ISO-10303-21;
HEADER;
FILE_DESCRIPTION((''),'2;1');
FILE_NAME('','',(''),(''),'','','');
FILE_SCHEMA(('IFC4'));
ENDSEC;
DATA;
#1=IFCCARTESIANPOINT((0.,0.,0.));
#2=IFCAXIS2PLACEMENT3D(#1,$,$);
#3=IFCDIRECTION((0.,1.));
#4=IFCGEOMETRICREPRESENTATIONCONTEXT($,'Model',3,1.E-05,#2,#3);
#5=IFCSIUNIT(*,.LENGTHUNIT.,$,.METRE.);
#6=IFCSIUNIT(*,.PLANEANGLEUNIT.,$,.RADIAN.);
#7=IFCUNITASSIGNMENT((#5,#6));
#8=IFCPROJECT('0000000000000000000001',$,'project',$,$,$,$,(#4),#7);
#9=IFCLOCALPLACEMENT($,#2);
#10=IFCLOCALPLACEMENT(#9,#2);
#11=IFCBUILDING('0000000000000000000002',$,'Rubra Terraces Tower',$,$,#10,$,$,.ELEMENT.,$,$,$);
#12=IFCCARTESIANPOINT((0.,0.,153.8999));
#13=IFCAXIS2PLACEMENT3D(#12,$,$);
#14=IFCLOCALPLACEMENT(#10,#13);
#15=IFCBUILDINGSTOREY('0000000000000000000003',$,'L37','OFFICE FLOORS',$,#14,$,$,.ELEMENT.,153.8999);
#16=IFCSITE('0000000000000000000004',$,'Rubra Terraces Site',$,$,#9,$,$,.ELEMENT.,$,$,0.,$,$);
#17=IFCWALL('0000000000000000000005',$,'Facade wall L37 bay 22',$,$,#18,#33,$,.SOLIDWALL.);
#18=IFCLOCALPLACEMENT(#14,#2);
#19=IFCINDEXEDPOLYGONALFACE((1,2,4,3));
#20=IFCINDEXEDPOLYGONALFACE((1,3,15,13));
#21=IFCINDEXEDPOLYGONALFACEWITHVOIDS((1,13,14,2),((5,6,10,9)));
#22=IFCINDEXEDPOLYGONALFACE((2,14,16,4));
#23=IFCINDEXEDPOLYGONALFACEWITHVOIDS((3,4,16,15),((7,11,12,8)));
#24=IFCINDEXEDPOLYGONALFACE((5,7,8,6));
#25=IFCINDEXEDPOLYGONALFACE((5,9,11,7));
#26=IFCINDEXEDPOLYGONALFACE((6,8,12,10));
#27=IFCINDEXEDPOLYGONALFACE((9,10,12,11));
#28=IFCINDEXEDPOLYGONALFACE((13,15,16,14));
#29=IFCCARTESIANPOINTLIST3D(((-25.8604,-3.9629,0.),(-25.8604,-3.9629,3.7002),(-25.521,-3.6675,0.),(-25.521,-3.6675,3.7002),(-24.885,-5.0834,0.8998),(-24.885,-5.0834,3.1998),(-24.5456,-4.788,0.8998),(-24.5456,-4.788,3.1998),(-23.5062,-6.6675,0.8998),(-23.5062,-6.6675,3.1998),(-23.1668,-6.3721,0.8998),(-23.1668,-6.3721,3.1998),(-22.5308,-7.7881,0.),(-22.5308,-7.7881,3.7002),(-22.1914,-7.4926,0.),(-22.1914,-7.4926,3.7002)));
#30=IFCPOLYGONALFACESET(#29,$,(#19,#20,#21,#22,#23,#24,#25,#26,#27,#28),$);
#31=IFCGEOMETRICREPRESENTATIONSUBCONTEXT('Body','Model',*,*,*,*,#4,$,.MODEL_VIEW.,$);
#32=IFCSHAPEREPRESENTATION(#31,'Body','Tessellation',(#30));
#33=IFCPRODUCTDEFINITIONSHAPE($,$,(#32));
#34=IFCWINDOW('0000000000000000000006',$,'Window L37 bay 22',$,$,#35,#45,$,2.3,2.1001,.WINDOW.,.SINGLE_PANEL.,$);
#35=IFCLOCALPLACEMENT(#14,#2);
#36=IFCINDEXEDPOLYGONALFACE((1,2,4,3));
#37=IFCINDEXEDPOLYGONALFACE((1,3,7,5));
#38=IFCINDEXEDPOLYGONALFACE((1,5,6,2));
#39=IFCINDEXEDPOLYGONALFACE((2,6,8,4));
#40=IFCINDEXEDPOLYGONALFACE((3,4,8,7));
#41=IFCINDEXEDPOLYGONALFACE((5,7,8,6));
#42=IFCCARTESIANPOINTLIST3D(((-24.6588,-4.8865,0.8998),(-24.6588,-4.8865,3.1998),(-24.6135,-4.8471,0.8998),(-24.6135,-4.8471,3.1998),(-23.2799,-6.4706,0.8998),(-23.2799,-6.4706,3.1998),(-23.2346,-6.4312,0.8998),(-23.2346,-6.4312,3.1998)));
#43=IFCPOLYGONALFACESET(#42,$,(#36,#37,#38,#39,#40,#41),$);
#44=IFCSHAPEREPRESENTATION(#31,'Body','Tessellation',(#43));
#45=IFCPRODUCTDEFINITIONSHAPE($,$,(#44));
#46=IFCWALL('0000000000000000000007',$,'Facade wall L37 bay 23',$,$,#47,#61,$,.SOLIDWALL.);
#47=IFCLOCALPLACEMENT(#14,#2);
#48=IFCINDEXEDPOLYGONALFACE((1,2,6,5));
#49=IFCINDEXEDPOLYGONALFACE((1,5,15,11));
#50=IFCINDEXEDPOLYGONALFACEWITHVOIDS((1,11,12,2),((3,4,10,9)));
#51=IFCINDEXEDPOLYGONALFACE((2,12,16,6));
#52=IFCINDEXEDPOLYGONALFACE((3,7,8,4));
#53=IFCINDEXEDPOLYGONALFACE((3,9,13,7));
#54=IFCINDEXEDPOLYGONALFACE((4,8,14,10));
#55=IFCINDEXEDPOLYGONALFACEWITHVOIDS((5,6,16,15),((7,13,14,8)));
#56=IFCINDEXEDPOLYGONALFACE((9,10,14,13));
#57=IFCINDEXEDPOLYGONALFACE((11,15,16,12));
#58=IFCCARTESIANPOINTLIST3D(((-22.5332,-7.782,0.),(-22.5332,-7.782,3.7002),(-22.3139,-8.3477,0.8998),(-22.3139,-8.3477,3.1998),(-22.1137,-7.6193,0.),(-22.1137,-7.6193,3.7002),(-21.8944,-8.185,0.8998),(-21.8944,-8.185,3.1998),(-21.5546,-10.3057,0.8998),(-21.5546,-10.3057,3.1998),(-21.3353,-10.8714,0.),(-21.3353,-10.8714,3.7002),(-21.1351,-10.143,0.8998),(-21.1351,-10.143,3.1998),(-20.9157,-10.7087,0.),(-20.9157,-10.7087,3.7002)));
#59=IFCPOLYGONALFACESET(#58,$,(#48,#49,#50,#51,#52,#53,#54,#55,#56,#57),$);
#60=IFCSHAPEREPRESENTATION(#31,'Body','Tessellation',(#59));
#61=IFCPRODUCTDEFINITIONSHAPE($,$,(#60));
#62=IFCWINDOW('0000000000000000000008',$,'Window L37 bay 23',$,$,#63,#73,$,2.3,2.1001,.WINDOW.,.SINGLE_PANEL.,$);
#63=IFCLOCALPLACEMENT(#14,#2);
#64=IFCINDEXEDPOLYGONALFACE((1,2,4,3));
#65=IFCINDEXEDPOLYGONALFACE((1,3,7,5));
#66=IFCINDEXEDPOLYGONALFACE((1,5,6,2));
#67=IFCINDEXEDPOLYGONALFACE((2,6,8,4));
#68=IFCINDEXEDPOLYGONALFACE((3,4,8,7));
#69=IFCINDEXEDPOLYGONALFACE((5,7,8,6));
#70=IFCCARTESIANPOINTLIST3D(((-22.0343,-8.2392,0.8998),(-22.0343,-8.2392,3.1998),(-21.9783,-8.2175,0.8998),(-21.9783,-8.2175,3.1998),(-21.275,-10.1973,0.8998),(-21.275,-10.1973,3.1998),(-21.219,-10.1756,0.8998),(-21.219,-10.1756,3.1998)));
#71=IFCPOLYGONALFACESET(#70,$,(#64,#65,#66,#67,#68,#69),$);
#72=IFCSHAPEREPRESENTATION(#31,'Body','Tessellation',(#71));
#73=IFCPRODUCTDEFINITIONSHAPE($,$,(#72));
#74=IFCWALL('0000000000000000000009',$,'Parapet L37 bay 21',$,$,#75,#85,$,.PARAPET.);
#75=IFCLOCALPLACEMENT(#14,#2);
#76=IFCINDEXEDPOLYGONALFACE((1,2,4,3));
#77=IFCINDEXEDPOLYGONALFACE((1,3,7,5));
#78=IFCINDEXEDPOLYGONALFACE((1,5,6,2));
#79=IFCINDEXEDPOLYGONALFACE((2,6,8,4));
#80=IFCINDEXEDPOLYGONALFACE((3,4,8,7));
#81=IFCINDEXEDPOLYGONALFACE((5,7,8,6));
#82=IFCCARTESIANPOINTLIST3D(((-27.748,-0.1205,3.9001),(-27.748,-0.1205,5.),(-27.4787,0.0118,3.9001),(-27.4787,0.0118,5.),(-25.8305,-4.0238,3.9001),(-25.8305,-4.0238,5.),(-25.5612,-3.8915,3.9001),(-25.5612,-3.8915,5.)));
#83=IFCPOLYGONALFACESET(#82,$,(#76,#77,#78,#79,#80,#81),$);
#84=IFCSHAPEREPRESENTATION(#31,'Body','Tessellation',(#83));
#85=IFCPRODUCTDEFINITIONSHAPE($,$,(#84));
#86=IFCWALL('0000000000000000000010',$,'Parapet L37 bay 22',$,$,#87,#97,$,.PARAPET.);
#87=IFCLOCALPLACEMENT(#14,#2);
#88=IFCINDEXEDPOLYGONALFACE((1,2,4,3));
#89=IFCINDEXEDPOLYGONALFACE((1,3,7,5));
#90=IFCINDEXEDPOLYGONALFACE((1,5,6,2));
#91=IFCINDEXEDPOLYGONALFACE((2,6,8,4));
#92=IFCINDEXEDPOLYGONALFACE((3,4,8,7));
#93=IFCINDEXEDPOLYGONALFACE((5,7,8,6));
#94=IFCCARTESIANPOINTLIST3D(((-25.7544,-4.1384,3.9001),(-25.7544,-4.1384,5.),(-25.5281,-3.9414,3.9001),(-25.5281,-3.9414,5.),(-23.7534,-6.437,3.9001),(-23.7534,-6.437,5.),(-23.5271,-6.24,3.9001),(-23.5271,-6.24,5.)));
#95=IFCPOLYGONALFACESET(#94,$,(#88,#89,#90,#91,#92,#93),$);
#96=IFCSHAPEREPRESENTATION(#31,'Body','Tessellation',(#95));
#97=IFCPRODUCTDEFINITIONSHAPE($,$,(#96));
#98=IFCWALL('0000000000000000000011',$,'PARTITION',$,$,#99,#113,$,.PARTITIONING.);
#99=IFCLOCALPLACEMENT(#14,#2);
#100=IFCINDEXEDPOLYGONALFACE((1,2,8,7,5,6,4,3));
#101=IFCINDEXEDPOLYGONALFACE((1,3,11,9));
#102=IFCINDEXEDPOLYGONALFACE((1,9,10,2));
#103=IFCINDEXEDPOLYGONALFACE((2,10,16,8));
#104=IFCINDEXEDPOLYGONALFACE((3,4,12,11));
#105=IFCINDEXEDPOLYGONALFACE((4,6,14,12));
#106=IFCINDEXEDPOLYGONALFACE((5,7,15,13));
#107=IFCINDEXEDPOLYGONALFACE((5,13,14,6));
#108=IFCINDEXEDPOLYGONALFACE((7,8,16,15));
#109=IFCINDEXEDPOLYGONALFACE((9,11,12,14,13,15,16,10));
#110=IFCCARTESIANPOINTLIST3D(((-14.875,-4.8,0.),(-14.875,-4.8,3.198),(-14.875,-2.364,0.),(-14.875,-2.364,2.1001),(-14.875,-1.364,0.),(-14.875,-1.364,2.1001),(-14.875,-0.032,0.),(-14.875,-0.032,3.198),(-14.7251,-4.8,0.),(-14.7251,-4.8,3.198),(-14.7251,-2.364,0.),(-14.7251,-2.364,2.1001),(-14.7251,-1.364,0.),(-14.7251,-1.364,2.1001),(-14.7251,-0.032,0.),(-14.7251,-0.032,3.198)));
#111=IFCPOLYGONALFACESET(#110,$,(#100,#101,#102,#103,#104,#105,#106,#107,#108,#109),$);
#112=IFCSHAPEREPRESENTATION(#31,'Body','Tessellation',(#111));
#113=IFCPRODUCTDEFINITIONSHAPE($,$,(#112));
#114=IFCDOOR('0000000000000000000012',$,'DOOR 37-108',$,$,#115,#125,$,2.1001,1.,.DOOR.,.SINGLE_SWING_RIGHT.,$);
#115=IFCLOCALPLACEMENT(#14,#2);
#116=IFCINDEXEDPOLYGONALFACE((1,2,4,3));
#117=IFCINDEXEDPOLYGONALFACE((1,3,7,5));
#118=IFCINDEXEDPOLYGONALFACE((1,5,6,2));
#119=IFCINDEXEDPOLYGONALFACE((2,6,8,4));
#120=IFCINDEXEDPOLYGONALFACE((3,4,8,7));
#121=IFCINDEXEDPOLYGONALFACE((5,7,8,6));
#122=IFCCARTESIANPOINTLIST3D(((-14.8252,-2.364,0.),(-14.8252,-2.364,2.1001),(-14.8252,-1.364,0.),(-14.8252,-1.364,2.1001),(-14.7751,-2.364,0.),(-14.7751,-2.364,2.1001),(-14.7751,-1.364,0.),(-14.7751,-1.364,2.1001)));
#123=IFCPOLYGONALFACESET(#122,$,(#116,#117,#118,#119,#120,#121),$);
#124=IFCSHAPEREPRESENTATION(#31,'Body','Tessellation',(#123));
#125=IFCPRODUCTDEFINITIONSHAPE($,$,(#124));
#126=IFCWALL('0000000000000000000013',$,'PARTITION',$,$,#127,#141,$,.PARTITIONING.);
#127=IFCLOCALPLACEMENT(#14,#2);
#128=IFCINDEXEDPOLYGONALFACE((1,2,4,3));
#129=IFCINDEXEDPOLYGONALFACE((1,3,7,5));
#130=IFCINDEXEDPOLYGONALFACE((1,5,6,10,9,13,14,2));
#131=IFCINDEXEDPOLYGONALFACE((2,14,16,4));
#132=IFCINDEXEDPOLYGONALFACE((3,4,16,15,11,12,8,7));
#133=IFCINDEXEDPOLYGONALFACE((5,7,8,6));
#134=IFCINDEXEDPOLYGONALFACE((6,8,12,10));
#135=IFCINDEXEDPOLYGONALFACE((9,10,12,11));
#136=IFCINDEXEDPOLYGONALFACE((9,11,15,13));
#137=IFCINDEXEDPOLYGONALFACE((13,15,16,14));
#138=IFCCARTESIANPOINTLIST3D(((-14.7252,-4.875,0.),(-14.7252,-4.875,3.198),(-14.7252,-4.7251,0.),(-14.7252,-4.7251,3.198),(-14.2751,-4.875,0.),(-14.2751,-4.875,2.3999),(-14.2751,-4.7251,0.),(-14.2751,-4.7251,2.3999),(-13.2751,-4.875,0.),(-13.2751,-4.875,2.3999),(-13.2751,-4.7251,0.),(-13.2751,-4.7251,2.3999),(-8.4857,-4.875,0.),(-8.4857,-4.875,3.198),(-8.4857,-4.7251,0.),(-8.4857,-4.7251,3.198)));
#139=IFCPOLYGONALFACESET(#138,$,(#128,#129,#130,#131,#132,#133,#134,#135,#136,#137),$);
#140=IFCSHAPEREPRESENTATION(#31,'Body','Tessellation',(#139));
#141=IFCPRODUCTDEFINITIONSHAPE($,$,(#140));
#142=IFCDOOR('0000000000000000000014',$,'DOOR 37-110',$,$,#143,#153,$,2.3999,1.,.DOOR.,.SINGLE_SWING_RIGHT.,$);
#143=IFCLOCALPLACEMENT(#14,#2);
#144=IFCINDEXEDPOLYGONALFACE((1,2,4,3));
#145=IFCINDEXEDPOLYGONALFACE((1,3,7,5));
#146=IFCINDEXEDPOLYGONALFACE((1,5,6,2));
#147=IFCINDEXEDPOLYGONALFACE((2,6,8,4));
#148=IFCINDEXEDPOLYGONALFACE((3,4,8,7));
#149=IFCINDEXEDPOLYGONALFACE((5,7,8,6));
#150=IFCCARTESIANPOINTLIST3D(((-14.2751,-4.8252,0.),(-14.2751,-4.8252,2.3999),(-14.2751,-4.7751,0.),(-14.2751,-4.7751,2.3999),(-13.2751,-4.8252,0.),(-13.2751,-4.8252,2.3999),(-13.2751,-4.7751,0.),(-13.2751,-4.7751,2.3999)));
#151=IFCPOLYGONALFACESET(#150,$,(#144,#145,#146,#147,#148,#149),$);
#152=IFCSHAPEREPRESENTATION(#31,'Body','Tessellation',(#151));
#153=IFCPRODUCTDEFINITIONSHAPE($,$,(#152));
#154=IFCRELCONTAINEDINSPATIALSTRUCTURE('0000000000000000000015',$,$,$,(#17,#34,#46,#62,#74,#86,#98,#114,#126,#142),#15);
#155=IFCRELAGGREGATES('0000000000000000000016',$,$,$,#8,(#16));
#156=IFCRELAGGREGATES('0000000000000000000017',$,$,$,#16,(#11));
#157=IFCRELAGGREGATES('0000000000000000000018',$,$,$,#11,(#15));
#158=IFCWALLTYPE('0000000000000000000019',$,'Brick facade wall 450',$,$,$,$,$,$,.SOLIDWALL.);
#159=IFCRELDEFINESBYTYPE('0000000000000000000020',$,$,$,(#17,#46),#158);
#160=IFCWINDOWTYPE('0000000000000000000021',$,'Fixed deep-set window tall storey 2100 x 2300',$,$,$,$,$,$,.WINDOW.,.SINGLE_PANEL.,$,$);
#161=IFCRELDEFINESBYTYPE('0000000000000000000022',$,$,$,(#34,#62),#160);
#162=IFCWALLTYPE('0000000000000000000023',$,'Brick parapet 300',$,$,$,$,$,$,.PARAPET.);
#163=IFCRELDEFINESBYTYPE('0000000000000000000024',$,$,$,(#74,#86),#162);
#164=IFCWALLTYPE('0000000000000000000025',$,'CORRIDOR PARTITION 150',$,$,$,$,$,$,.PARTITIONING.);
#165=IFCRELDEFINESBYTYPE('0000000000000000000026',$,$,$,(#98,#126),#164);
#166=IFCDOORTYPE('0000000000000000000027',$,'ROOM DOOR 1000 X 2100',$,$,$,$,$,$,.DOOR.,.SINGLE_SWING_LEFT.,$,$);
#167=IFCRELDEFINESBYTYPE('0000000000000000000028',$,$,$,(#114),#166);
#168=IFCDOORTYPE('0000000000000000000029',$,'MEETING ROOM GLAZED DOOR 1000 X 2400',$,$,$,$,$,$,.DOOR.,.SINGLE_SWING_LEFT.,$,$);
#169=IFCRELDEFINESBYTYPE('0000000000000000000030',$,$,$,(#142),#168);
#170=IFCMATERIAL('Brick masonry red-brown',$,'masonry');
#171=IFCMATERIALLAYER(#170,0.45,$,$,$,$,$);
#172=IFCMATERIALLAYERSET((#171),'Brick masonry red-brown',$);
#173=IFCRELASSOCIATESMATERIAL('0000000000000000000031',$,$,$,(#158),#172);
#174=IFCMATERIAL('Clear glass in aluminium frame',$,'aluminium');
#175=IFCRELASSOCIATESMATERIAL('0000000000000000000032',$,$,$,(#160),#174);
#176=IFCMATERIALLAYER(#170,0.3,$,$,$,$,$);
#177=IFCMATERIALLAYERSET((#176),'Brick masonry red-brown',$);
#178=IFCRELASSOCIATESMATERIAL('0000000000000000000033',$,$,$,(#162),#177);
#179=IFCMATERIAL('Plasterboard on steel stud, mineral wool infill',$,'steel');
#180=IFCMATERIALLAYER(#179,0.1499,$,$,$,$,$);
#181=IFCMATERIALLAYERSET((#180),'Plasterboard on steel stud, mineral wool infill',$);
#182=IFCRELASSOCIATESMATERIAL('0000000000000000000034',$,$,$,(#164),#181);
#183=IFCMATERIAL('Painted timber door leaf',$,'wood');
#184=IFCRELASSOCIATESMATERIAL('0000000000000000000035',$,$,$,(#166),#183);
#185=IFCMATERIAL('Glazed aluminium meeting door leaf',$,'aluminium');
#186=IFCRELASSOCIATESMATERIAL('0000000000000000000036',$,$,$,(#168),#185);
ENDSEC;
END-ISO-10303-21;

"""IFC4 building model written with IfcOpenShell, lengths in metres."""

from ifc_helpers import new_model, si_unit, direction, frame, frame_2d, origin, place, context, subcontext, project, spatial, rectangle, extrude, material, layer, layer_set, type_object, element, fill, save


model = new_model("IFC4")

# Units and contexts
model_context = context("Model", 3, precision=1e-05, world=origin(), true_north=direction((0.0, 1.0)))
body_context = subcontext(model_context, "Body", "Model", "MODEL_VIEW")
ifc_project = project(units=[si_unit("LENGTHUNIT", "METRE"), si_unit("PLANEANGLEUNIT", "RADIAN")], contexts=[model_context])

# Site, building, storey
site_placement = place(None, origin())
site = spatial("IfcSite", under=ifc_project, at=site_placement, Name="Rubra Terraces Site", CompositionType="ELEMENT", RefElevation=0.0)
building_placement = place(site_placement, origin())
building = spatial("IfcBuilding", under=site, at=building_placement, Name="Rubra Terraces Tower", CompositionType="ELEMENT")
storey_placement = place(building_placement, frame((0.0, 0.0, 153.8999)))
storey = spatial("IfcBuildingStorey", under=building, at=storey_placement, Name="L37", Description="OFFICE FLOORS", CompositionType="ELEMENT", Elevation=153.8999)

# Walls, openings, windows
ifc_material_1 = material(Name="Brick masonry red-brown", Category="masonry")
ifc_layer_1 = layer(ifc_material_1, 0.45)
ifc_layer_set_1 = layer_set([ifc_layer_1], Name="Brick masonry red-brown")
wall_type_1 = type_object("IfcWallType", Name="Brick facade wall 450", PredefinedType="SOLIDWALL", material=ifc_layer_set_1)
ifc_material_2 = material(Name="Clear glass in aluminium frame", Category="aluminium")
window_type = type_object("IfcWindowType", Name="Fixed deep-set window tall storey 2100 x 2300", PartitioningType="SINGLE_PANEL", PredefinedType="WINDOW", material=ifc_material_2)
wall_1_placement = place(storey_placement, frame((-25.6907, -3.8152, 0.0), z_axis=(0.0, 0.0, 1.0), x_axis=(0.656553, -0.75428, 0.0)))
wall_1 = element("IfcWall", 1, at=wall_1_placement, inside=storey, type_object=wall_type_1, Name="Facade wall L37 bay 22", PredefinedType="SOLIDWALL", context=body_context, shape_type="SweptSolid", body=[
    extrude(rectangle(XDim=5.0713, YDim=0.45, at=frame_2d((2.5356, 0.0))), origin(), (0.0, 0.0, 1.0), 3.7002),
])
opening_1_placement = place(wall_1_placement, frame((1.4856, 0.0, 0.8999)))
opening_1 = element("IfcOpeningElement", 2, at=opening_1_placement, cuts=wall_1, PredefinedType="OPENING", context=body_context, shape_type="SweptSolid", body=[
    extrude(rectangle(XDim=2.1001, YDim=2.3, at=frame_2d((1.05, 1.1499))), frame((0.0, 0.2349, 0.0), z_axis=(0.0, -1.0, 0.0), x_axis=(1.0, 0.0, 0.0)), (0.0, 0.0, 1.0), 0.47),
])
window_1_placement = place(opening_1_placement, origin())
window_1 = element("IfcWindow", 3, at=window_1_placement, inside=storey, type_object=window_type, Name="Window L37 bay 22", OverallHeight=2.3, OverallWidth=2.1001, PartitioningType="SINGLE_PANEL", PredefinedType="WINDOW", context=body_context, shape_type="SweptSolid", body=[
    extrude(rectangle(XDim=2.1001, YDim=2.3, at=frame_2d((1.05, 1.1499))), frame((0.0, 0.135, 0.0), z_axis=(0.0, -1.0, 0.0), x_axis=(1.0, 0.0, 0.0)), (0.0, 0.0, 1.0), 0.0601),
])
fill(opening_1, window_1)
wall_2_placement = place(storey_placement, frame((-22.3235, -7.7007, 0.0), z_axis=(0.0, 0.0, 1.0), x_axis=(0.36155, -0.932353, 0.0)))
wall_2 = element("IfcWall", 4, at=wall_2_placement, inside=storey, type_object=wall_type_1, Name="Facade wall L37 bay 23", PredefinedType="SOLIDWALL", context=body_context, shape_type="SweptSolid", body=[
    extrude(rectangle(XDim=3.3135, YDim=0.45, at=frame_2d((1.6567, 0.0))), origin(), (0.0, 0.0, 1.0), 3.7002),
])
opening_2_placement = place(wall_2_placement, frame((0.6067, 0.0, 0.8999)))
opening_2 = element("IfcOpeningElement", 5, at=opening_2_placement, cuts=wall_2, PredefinedType="OPENING", context=body_context, shape_type="SweptSolid", body=[
    extrude(rectangle(XDim=2.1001, YDim=2.3, at=frame_2d((1.05, 1.1499))), frame((0.0, 0.2349, 0.0), z_axis=(0.0, -1.0, 0.0), x_axis=(1.0, 0.0, 0.0)), (0.0, 0.0, 1.0), 0.47),
])
window_2_placement = place(opening_2_placement, origin())
window_2 = element("IfcWindow", 6, at=window_2_placement, inside=storey, type_object=window_type, Name="Window L37 bay 23", OverallHeight=2.3, OverallWidth=2.1001, PartitioningType="SINGLE_PANEL", PredefinedType="WINDOW", context=body_context, shape_type="SweptSolid", body=[
    extrude(rectangle(XDim=2.1001, YDim=2.3, at=frame_2d((1.05, 1.1499))), frame((0.0, 0.135, 0.0), z_axis=(0.0, -1.0, 0.0), x_axis=(1.0, 0.0, 0.0)), (0.0, 0.0, 1.0), 0.0601),
])
fill(opening_2, window_2)

# Walls
ifc_layer_2 = layer(ifc_material_1, 0.3)
ifc_layer_set_2 = layer_set([ifc_layer_2], Name="Brick masonry red-brown")
wall_type_2 = type_object("IfcWallType", Name="Brick parapet 300", PredefinedType="PARAPET", material=ifc_layer_set_2)
wall_3_placement = place(storey_placement, frame((-27.6133, -0.0544, 3.9001), z_axis=(0.0, 0.0, 1.0), x_axis=(0.440915, -0.897549, 0.0)))
element("IfcWall", 7, at=wall_3_placement, inside=storey, type_object=wall_type_2, Name="Parapet L37 bay 21", PredefinedType="PARAPET", context=body_context, shape_type="SweptSolid", body=[
    extrude(rectangle(XDim=4.3489, YDim=0.3, at=frame_2d((2.1743, 0.0))), origin(), (0.0, 0.0, 1.0), 1.0999),
])
wall_4_placement = place(storey_placement, frame((-25.6414, -4.0398, 3.9001), z_axis=(0.0, 0.0, 1.0), x_axis=(0.656591, -0.754247, 0.0)))
element("IfcWall", 8, at=wall_4_placement, inside=storey, type_object=wall_type_2, Name="Parapet L37 bay 22", PredefinedType="PARAPET", context=body_context, shape_type="SweptSolid", body=[
    extrude(rectangle(XDim=3.0476, YDim=0.3, at=frame_2d((1.5239, 0.0))), origin(), (0.0, 0.0, 1.0), 1.0999),
])

# Walls, openings, doors
ifc_material_3 = material(Name="Plasterboard on steel stud, mineral wool infill", Category="steel")
ifc_layer_3 = layer(ifc_material_3, 0.1499)
ifc_layer_set_3 = layer_set([ifc_layer_3], Name="Plasterboard on steel stud, mineral wool infill")
wall_type_3 = type_object("IfcWallType", Name="CORRIDOR PARTITION 150", PredefinedType="PARTITIONING", material=ifc_layer_set_3)
wall_5_placement = place(storey_placement, frame((-14.8, -0.032, 0.0), z_axis=(0.0, 0.0, 1.0), x_axis=(0.0, -1.0, 0.0)))
wall_5 = element("IfcWall", 9, at=wall_5_placement, inside=storey, type_object=wall_type_3, Name="PARTITION", PredefinedType="PARTITIONING", context=body_context, shape_type="SweptSolid", body=[
    extrude(rectangle(XDim=4.7681, YDim=0.1499, at=frame_2d((2.384, 0.0))), origin(), (0.0, 0.0, 1.0), 3.198),
])
opening_3_placement = place(wall_5_placement, frame((1.332, 0.0, 0.0)))
opening_3 = element("IfcOpeningElement", 10, at=opening_3_placement, cuts=wall_5, PredefinedType="OPENING", context=body_context, shape_type="SweptSolid", body=[
    extrude(rectangle(XDim=1.0, YDim=2.1001, at=frame_2d((0.5, 1.05))), frame((0.0, 0.085, 0.0), z_axis=(0.0, -1.0, 0.0), x_axis=(1.0, 0.0, 0.0)), (0.0, 0.0, 1.0), 0.1699),
])
ifc_material_4 = material(Name="Painted timber door leaf", Category="wood")
door_type_1 = type_object("IfcDoorType", Name="ROOM DOOR 1000 X 2100", OperationType="SINGLE_SWING_LEFT", PredefinedType="DOOR", material=ifc_material_4)
door_1_placement = place(opening_3_placement, origin())
door_1 = element("IfcDoor", 11, at=door_1_placement, inside=storey, type_object=door_type_1, Name="DOOR 37-108", OperationType="SINGLE_SWING_RIGHT", OverallHeight=2.1001, OverallWidth=1.0, PredefinedType="DOOR", context=body_context, shape_type="SweptSolid", body=[
    extrude(rectangle(XDim=1.0, YDim=2.1001, at=frame_2d((0.5, 1.05))), frame((0.0, 0.0249, 0.0), z_axis=(0.0, -1.0, 0.0), x_axis=(1.0, 0.0, 0.0)), (0.0, 0.0, 1.0), 0.05),
])
fill(opening_3, door_1)
wall_6_placement = place(storey_placement, frame((-14.7251, -4.8, 0.0), z_axis=(0.0, 0.0, 1.0), x_axis=(1.0, 0.0, 0.0)))
wall_6 = element("IfcWall", 12, at=wall_6_placement, inside=storey, type_object=wall_type_3, Name="PARTITION", PredefinedType="PARTITIONING", context=body_context, shape_type="SweptSolid", body=[
    extrude(rectangle(XDim=6.2395, YDim=0.1499, at=frame_2d((3.1196, 0.0))), origin(), (0.0, 0.0, 1.0), 3.198),
])
opening_4_placement = place(wall_6_placement, frame((0.45, 0.0, 0.0)))
opening_4 = element("IfcOpeningElement", 13, at=opening_4_placement, cuts=wall_6, PredefinedType="OPENING", context=body_context, shape_type="SweptSolid", body=[
    extrude(rectangle(XDim=1.0, YDim=2.3999, at=frame_2d((0.5, 1.2))), frame((0.0, 0.085, 0.0), z_axis=(0.0, -1.0, 0.0), x_axis=(1.0, 0.0, 0.0)), (0.0, 0.0, 1.0), 0.1699),
])
ifc_material_5 = material(Name="Glazed aluminium meeting door leaf", Category="aluminium")
door_type_2 = type_object("IfcDoorType", Name="MEETING ROOM GLAZED DOOR 1000 X 2400", OperationType="SINGLE_SWING_LEFT", PredefinedType="DOOR", material=ifc_material_5)
door_2_placement = place(opening_4_placement, origin())
door_2 = element("IfcDoor", 14, at=door_2_placement, inside=storey, type_object=door_type_2, Name="DOOR 37-110", OperationType="SINGLE_SWING_RIGHT", OverallHeight=2.3999, OverallWidth=1.0, PredefinedType="DOOR", context=body_context, shape_type="SweptSolid", body=[
    extrude(rectangle(XDim=1.0, YDim=2.3999, at=frame_2d((0.5, 1.2))), frame((0.0, 0.0249, 0.0), z_axis=(0.0, -1.0, 0.0), x_axis=(1.0, 0.0, 0.0)), (0.0, 0.0, 1.0), 0.05),
])
fill(opening_4, door_2)

save(model, "model.ifc")
